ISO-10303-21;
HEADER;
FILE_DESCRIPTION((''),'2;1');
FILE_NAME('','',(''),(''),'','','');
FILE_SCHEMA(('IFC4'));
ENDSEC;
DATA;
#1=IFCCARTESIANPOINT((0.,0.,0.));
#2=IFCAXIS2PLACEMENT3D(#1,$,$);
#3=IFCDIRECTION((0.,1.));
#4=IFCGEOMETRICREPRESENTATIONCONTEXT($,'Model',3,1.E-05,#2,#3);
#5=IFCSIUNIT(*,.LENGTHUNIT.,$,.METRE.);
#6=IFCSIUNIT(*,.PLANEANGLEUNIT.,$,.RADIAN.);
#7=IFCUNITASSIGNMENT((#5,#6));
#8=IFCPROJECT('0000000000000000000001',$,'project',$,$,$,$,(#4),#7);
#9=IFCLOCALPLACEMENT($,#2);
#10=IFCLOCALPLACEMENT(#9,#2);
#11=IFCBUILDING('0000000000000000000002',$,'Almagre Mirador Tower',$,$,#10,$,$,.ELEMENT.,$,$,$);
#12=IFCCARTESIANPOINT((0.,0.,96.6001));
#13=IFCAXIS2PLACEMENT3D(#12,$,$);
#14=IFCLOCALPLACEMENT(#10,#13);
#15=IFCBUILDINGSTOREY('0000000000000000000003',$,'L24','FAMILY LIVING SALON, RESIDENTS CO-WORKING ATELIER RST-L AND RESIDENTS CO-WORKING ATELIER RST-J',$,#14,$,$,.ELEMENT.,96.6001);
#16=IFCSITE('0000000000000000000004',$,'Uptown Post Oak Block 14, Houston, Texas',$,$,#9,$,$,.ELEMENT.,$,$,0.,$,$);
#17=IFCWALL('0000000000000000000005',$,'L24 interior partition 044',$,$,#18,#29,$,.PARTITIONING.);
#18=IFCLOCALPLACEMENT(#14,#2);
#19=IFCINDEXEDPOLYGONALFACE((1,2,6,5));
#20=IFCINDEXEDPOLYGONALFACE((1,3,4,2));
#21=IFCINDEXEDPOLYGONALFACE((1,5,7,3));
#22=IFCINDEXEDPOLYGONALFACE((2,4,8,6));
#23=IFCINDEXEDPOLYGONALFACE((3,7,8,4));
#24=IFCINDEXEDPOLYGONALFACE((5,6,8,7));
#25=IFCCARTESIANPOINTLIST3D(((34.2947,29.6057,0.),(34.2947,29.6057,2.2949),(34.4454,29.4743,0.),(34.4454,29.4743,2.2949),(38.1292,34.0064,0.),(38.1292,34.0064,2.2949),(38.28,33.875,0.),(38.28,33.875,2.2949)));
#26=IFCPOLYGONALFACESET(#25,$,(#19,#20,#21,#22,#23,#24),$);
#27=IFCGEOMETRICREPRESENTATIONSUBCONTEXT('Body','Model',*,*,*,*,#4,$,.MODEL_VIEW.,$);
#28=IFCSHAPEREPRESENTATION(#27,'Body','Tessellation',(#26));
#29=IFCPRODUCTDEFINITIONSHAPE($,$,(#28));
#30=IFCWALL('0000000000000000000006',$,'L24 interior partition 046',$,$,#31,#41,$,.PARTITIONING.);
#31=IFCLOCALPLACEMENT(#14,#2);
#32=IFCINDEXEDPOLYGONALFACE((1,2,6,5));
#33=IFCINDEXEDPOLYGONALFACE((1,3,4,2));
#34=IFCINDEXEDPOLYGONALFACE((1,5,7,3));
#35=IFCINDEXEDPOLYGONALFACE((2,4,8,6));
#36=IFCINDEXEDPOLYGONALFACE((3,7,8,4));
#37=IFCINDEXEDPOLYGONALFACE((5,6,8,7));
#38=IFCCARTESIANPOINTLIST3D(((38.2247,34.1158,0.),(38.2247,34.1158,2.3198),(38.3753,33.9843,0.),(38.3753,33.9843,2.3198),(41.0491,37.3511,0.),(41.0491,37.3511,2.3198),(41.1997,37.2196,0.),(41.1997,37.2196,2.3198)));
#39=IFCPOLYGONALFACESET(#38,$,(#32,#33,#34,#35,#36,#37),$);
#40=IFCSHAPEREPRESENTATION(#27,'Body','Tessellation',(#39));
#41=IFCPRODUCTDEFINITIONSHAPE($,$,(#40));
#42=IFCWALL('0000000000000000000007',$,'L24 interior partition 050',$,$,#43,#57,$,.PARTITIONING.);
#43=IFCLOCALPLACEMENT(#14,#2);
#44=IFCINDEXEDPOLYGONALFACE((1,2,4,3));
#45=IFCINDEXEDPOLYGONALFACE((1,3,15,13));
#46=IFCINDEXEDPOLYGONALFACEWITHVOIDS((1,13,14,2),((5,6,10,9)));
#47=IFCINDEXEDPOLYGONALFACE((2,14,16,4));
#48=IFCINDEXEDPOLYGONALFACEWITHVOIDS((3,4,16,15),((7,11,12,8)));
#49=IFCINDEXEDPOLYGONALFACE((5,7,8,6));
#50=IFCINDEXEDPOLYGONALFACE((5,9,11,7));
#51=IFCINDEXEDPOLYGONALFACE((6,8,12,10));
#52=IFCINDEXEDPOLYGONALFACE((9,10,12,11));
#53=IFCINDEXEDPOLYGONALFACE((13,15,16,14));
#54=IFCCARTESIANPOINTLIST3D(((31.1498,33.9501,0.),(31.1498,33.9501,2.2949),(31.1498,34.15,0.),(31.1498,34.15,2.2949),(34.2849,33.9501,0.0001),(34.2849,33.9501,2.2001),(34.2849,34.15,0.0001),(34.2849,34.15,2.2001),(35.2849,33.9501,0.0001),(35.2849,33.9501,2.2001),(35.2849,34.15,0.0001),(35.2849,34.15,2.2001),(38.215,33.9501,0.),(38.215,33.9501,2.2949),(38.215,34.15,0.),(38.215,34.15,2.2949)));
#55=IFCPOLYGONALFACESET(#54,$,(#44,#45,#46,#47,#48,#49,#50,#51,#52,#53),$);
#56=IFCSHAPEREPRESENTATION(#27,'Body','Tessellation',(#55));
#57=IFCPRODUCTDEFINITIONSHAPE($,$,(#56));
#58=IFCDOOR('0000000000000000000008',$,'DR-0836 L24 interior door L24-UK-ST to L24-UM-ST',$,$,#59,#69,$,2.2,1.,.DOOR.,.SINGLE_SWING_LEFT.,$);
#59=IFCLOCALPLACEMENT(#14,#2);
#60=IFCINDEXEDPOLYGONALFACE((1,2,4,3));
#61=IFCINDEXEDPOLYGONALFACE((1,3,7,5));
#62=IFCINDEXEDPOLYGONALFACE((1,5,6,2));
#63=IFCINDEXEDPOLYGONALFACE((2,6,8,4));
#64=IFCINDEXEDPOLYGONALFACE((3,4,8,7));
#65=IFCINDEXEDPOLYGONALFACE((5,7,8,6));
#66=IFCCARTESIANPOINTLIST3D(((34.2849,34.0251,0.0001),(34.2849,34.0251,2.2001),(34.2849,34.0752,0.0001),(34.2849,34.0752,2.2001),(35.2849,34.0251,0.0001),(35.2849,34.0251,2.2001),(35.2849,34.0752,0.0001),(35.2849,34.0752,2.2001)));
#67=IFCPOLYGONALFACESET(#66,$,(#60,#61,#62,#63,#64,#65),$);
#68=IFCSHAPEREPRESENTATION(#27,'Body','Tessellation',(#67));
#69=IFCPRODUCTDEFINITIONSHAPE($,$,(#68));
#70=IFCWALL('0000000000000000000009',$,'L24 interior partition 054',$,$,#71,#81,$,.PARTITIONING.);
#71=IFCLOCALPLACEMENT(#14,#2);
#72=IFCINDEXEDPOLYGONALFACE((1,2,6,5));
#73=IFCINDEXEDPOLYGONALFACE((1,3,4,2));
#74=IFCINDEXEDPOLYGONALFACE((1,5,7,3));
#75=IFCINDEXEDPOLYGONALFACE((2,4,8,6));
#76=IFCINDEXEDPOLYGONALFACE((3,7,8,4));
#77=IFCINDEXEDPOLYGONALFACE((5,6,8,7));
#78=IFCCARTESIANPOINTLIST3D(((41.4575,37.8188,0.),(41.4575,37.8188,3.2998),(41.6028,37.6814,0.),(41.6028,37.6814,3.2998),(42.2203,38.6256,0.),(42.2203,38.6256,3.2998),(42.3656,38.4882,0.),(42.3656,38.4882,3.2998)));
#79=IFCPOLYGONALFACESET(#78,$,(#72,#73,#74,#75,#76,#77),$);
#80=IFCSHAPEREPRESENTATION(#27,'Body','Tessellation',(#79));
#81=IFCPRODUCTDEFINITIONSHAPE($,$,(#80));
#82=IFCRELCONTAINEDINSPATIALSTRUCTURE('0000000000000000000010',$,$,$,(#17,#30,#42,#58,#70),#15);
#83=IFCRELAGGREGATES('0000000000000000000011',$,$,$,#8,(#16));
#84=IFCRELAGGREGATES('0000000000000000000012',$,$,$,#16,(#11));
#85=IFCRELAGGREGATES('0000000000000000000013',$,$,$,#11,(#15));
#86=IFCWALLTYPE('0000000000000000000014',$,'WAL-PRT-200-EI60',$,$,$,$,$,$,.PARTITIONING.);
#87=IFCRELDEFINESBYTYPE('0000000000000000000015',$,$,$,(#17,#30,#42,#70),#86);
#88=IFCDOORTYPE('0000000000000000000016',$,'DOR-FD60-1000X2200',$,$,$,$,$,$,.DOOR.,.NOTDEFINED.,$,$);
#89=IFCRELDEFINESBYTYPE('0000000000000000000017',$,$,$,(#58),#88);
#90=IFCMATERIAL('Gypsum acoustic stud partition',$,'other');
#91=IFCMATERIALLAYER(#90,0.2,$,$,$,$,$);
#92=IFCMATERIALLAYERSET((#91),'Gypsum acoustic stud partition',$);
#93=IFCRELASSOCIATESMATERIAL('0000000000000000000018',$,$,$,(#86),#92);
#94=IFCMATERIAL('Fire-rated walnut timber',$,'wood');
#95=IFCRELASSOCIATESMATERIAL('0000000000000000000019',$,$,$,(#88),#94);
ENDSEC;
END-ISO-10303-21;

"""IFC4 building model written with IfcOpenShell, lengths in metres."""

from ifc_helpers import new_model, si_unit, direction, frame, frame_2d, origin, place, context, subcontext, project, spatial, rectangle, extrude, material, layer, layer_set, type_object, element, fill, save


model = new_model("IFC4")

# Units and contexts
model_context = context("Model", 3, precision=1e-05, world=origin(), true_north=direction((0.0, 1.0)))
body_context = subcontext(model_context, "Body", "Model", "MODEL_VIEW")
ifc_project = project(units=[si_unit("LENGTHUNIT", "METRE"), si_unit("PLANEANGLEUNIT", "RADIAN")], contexts=[model_context])

# Site, building, storey
site_placement = place(None, origin())
site = spatial("IfcSite", under=ifc_project, at=site_placement, Name="Uptown Post Oak Block 14, Houston, Texas", CompositionType="ELEMENT", RefElevation=0.0)
building_placement = place(site_placement, origin())
building = spatial("IfcBuilding", under=site, at=building_placement, Name="Almagre Mirador Tower", CompositionType="ELEMENT")
storey_placement = place(building_placement, frame((0.0, 0.0, 96.6001)))
storey = spatial("IfcBuildingStorey", under=building, at=storey_placement, Name="L24", Description="FAMILY LIVING SALON, RESIDENTS CO-WORKING ATELIER RST-L AND RESIDENTS CO-WORKING ATELIER RST-J", CompositionType="ELEMENT", Elevation=96.6001)

# Walls
ifc_material_1 = material(Name="Gypsum acoustic stud partition", Category="other")
ifc_layer_1 = layer(ifc_material_1, 0.2)
ifc_layer_set_1 = layer_set([ifc_layer_1], Name="Gypsum acoustic stud partition")
wall_type_1 = type_object("IfcWallType", Name="WAL-PRT-200-EI60", PredefinedType="PARTITIONING", material=ifc_layer_set_1)
wall_1_placement = place(storey_placement, frame((38.2046, 33.9407, 0.0), z_axis=(0.0, 0.0, 1.0), x_axis=(-0.656943, -0.753941, 0.0)))
element("IfcWall", 1, at=wall_1_placement, inside=storey, type_object=wall_type_1, Name="L24 interior partition 044", PredefinedType="PARTITIONING", context=body_context, shape_type="SweptSolid", body=[
    extrude(rectangle(XDim=5.8369, YDim=0.2, at=frame_2d((2.9185, 0.0))), origin(), (0.0, 0.0, 1.0), 2.2949),
])
wall_2_placement = place(storey_placement, frame((41.1245, 37.2854, 0.0), z_axis=(0.0, 0.0, 1.0), x_axis=(-0.657651, -0.753323, 0.0)))
element("IfcWall", 2, at=wall_2_placement, inside=storey, type_object=wall_type_1, Name="L24 interior partition 046", PredefinedType="PARTITIONING", context=body_context, shape_type="SweptSolid", body=[
    extrude(rectangle(XDim=4.2947, YDim=0.2, at=frame_2d((2.1475, 0.0))), origin(), (0.0, 0.0, 1.0), 2.3198),
])

# Wall, opening, door
wall_3_placement = place(storey_placement, frame((38.2151, 34.05, 0.0), z_axis=(0.0, 0.0, 1.0), x_axis=(-1.0, 0.0, 0.0)))
wall_3 = element("IfcWall", 3, at=wall_3_placement, inside=storey, type_object=wall_type_1, Name="L24 interior partition 050", PredefinedType="PARTITIONING", context=body_context, shape_type="SweptSolid", body=[
    extrude(rectangle(XDim=7.0652, YDim=0.2, at=frame_2d((3.5327, 0.0))), origin(), (0.0, 0.0, 1.0), 2.2949),
])
opening_1_placement = place(wall_3_placement, frame((2.9302, 0.0, 0.0)))
opening_1 = element("IfcOpeningElement", 4, at=opening_1_placement, cuts=wall_3, PredefinedType="OPENING", context=body_context, shape_type="SweptSolid", body=[
    extrude(rectangle(XDim=1.0, YDim=2.2, at=frame_2d((0.5, 1.1001))), frame((0.0, 0.1101, 0.0), z_axis=(0.0, -1.0, 0.0), x_axis=(1.0, 0.0, 0.0)), (0.0, 0.0, 1.0), 0.22),
])
ifc_material_2 = material(Name="Fire-rated walnut timber", Category="wood")
door_type_1 = type_object("IfcDoorType", Name="DOR-FD60-1000X2200", OperationType="NOTDEFINED", PredefinedType="DOOR", material=ifc_material_2)
door_1_placement = place(opening_1_placement, origin())
door_1 = element("IfcDoor", 5, at=door_1_placement, inside=storey, type_object=door_type_1, Name="DR-0836 L24 interior door L24-UK-ST to L24-UM-ST", OperationType="SINGLE_SWING_LEFT", OverallHeight=2.2, OverallWidth=1.0, PredefinedType="DOOR", context=body_context, shape_type="SweptSolid", body=[
    extrude(rectangle(XDim=1.0, YDim=2.2, at=frame_2d((0.5, 1.1001))), frame((0.0, 0.0249, 0.0), z_axis=(0.0, -1.0, 0.0), x_axis=(1.0, 0.0, 0.0)), (0.0, 0.0, 1.0), 0.05),
])
fill(opening_1, door_1)

# Wall
wall_4_placement = place(storey_placement, frame((42.293, 38.5569, 0.0), z_axis=(0.0, 0.0, 1.0), x_axis=(-0.687043, -0.726617, 0.0)))
element("IfcWall", 6, at=wall_4_placement, inside=storey, type_object=wall_type_1, Name="L24 interior partition 054", PredefinedType="PARTITIONING", context=body_context, shape_type="SweptSolid", body=[
    extrude(rectangle(XDim=1.1104, YDim=0.2, at=frame_2d((0.5552, 0.0))), origin(), (0.0, 0.0, 1.0), 3.2998),
])

save(model, "model.ifc")
